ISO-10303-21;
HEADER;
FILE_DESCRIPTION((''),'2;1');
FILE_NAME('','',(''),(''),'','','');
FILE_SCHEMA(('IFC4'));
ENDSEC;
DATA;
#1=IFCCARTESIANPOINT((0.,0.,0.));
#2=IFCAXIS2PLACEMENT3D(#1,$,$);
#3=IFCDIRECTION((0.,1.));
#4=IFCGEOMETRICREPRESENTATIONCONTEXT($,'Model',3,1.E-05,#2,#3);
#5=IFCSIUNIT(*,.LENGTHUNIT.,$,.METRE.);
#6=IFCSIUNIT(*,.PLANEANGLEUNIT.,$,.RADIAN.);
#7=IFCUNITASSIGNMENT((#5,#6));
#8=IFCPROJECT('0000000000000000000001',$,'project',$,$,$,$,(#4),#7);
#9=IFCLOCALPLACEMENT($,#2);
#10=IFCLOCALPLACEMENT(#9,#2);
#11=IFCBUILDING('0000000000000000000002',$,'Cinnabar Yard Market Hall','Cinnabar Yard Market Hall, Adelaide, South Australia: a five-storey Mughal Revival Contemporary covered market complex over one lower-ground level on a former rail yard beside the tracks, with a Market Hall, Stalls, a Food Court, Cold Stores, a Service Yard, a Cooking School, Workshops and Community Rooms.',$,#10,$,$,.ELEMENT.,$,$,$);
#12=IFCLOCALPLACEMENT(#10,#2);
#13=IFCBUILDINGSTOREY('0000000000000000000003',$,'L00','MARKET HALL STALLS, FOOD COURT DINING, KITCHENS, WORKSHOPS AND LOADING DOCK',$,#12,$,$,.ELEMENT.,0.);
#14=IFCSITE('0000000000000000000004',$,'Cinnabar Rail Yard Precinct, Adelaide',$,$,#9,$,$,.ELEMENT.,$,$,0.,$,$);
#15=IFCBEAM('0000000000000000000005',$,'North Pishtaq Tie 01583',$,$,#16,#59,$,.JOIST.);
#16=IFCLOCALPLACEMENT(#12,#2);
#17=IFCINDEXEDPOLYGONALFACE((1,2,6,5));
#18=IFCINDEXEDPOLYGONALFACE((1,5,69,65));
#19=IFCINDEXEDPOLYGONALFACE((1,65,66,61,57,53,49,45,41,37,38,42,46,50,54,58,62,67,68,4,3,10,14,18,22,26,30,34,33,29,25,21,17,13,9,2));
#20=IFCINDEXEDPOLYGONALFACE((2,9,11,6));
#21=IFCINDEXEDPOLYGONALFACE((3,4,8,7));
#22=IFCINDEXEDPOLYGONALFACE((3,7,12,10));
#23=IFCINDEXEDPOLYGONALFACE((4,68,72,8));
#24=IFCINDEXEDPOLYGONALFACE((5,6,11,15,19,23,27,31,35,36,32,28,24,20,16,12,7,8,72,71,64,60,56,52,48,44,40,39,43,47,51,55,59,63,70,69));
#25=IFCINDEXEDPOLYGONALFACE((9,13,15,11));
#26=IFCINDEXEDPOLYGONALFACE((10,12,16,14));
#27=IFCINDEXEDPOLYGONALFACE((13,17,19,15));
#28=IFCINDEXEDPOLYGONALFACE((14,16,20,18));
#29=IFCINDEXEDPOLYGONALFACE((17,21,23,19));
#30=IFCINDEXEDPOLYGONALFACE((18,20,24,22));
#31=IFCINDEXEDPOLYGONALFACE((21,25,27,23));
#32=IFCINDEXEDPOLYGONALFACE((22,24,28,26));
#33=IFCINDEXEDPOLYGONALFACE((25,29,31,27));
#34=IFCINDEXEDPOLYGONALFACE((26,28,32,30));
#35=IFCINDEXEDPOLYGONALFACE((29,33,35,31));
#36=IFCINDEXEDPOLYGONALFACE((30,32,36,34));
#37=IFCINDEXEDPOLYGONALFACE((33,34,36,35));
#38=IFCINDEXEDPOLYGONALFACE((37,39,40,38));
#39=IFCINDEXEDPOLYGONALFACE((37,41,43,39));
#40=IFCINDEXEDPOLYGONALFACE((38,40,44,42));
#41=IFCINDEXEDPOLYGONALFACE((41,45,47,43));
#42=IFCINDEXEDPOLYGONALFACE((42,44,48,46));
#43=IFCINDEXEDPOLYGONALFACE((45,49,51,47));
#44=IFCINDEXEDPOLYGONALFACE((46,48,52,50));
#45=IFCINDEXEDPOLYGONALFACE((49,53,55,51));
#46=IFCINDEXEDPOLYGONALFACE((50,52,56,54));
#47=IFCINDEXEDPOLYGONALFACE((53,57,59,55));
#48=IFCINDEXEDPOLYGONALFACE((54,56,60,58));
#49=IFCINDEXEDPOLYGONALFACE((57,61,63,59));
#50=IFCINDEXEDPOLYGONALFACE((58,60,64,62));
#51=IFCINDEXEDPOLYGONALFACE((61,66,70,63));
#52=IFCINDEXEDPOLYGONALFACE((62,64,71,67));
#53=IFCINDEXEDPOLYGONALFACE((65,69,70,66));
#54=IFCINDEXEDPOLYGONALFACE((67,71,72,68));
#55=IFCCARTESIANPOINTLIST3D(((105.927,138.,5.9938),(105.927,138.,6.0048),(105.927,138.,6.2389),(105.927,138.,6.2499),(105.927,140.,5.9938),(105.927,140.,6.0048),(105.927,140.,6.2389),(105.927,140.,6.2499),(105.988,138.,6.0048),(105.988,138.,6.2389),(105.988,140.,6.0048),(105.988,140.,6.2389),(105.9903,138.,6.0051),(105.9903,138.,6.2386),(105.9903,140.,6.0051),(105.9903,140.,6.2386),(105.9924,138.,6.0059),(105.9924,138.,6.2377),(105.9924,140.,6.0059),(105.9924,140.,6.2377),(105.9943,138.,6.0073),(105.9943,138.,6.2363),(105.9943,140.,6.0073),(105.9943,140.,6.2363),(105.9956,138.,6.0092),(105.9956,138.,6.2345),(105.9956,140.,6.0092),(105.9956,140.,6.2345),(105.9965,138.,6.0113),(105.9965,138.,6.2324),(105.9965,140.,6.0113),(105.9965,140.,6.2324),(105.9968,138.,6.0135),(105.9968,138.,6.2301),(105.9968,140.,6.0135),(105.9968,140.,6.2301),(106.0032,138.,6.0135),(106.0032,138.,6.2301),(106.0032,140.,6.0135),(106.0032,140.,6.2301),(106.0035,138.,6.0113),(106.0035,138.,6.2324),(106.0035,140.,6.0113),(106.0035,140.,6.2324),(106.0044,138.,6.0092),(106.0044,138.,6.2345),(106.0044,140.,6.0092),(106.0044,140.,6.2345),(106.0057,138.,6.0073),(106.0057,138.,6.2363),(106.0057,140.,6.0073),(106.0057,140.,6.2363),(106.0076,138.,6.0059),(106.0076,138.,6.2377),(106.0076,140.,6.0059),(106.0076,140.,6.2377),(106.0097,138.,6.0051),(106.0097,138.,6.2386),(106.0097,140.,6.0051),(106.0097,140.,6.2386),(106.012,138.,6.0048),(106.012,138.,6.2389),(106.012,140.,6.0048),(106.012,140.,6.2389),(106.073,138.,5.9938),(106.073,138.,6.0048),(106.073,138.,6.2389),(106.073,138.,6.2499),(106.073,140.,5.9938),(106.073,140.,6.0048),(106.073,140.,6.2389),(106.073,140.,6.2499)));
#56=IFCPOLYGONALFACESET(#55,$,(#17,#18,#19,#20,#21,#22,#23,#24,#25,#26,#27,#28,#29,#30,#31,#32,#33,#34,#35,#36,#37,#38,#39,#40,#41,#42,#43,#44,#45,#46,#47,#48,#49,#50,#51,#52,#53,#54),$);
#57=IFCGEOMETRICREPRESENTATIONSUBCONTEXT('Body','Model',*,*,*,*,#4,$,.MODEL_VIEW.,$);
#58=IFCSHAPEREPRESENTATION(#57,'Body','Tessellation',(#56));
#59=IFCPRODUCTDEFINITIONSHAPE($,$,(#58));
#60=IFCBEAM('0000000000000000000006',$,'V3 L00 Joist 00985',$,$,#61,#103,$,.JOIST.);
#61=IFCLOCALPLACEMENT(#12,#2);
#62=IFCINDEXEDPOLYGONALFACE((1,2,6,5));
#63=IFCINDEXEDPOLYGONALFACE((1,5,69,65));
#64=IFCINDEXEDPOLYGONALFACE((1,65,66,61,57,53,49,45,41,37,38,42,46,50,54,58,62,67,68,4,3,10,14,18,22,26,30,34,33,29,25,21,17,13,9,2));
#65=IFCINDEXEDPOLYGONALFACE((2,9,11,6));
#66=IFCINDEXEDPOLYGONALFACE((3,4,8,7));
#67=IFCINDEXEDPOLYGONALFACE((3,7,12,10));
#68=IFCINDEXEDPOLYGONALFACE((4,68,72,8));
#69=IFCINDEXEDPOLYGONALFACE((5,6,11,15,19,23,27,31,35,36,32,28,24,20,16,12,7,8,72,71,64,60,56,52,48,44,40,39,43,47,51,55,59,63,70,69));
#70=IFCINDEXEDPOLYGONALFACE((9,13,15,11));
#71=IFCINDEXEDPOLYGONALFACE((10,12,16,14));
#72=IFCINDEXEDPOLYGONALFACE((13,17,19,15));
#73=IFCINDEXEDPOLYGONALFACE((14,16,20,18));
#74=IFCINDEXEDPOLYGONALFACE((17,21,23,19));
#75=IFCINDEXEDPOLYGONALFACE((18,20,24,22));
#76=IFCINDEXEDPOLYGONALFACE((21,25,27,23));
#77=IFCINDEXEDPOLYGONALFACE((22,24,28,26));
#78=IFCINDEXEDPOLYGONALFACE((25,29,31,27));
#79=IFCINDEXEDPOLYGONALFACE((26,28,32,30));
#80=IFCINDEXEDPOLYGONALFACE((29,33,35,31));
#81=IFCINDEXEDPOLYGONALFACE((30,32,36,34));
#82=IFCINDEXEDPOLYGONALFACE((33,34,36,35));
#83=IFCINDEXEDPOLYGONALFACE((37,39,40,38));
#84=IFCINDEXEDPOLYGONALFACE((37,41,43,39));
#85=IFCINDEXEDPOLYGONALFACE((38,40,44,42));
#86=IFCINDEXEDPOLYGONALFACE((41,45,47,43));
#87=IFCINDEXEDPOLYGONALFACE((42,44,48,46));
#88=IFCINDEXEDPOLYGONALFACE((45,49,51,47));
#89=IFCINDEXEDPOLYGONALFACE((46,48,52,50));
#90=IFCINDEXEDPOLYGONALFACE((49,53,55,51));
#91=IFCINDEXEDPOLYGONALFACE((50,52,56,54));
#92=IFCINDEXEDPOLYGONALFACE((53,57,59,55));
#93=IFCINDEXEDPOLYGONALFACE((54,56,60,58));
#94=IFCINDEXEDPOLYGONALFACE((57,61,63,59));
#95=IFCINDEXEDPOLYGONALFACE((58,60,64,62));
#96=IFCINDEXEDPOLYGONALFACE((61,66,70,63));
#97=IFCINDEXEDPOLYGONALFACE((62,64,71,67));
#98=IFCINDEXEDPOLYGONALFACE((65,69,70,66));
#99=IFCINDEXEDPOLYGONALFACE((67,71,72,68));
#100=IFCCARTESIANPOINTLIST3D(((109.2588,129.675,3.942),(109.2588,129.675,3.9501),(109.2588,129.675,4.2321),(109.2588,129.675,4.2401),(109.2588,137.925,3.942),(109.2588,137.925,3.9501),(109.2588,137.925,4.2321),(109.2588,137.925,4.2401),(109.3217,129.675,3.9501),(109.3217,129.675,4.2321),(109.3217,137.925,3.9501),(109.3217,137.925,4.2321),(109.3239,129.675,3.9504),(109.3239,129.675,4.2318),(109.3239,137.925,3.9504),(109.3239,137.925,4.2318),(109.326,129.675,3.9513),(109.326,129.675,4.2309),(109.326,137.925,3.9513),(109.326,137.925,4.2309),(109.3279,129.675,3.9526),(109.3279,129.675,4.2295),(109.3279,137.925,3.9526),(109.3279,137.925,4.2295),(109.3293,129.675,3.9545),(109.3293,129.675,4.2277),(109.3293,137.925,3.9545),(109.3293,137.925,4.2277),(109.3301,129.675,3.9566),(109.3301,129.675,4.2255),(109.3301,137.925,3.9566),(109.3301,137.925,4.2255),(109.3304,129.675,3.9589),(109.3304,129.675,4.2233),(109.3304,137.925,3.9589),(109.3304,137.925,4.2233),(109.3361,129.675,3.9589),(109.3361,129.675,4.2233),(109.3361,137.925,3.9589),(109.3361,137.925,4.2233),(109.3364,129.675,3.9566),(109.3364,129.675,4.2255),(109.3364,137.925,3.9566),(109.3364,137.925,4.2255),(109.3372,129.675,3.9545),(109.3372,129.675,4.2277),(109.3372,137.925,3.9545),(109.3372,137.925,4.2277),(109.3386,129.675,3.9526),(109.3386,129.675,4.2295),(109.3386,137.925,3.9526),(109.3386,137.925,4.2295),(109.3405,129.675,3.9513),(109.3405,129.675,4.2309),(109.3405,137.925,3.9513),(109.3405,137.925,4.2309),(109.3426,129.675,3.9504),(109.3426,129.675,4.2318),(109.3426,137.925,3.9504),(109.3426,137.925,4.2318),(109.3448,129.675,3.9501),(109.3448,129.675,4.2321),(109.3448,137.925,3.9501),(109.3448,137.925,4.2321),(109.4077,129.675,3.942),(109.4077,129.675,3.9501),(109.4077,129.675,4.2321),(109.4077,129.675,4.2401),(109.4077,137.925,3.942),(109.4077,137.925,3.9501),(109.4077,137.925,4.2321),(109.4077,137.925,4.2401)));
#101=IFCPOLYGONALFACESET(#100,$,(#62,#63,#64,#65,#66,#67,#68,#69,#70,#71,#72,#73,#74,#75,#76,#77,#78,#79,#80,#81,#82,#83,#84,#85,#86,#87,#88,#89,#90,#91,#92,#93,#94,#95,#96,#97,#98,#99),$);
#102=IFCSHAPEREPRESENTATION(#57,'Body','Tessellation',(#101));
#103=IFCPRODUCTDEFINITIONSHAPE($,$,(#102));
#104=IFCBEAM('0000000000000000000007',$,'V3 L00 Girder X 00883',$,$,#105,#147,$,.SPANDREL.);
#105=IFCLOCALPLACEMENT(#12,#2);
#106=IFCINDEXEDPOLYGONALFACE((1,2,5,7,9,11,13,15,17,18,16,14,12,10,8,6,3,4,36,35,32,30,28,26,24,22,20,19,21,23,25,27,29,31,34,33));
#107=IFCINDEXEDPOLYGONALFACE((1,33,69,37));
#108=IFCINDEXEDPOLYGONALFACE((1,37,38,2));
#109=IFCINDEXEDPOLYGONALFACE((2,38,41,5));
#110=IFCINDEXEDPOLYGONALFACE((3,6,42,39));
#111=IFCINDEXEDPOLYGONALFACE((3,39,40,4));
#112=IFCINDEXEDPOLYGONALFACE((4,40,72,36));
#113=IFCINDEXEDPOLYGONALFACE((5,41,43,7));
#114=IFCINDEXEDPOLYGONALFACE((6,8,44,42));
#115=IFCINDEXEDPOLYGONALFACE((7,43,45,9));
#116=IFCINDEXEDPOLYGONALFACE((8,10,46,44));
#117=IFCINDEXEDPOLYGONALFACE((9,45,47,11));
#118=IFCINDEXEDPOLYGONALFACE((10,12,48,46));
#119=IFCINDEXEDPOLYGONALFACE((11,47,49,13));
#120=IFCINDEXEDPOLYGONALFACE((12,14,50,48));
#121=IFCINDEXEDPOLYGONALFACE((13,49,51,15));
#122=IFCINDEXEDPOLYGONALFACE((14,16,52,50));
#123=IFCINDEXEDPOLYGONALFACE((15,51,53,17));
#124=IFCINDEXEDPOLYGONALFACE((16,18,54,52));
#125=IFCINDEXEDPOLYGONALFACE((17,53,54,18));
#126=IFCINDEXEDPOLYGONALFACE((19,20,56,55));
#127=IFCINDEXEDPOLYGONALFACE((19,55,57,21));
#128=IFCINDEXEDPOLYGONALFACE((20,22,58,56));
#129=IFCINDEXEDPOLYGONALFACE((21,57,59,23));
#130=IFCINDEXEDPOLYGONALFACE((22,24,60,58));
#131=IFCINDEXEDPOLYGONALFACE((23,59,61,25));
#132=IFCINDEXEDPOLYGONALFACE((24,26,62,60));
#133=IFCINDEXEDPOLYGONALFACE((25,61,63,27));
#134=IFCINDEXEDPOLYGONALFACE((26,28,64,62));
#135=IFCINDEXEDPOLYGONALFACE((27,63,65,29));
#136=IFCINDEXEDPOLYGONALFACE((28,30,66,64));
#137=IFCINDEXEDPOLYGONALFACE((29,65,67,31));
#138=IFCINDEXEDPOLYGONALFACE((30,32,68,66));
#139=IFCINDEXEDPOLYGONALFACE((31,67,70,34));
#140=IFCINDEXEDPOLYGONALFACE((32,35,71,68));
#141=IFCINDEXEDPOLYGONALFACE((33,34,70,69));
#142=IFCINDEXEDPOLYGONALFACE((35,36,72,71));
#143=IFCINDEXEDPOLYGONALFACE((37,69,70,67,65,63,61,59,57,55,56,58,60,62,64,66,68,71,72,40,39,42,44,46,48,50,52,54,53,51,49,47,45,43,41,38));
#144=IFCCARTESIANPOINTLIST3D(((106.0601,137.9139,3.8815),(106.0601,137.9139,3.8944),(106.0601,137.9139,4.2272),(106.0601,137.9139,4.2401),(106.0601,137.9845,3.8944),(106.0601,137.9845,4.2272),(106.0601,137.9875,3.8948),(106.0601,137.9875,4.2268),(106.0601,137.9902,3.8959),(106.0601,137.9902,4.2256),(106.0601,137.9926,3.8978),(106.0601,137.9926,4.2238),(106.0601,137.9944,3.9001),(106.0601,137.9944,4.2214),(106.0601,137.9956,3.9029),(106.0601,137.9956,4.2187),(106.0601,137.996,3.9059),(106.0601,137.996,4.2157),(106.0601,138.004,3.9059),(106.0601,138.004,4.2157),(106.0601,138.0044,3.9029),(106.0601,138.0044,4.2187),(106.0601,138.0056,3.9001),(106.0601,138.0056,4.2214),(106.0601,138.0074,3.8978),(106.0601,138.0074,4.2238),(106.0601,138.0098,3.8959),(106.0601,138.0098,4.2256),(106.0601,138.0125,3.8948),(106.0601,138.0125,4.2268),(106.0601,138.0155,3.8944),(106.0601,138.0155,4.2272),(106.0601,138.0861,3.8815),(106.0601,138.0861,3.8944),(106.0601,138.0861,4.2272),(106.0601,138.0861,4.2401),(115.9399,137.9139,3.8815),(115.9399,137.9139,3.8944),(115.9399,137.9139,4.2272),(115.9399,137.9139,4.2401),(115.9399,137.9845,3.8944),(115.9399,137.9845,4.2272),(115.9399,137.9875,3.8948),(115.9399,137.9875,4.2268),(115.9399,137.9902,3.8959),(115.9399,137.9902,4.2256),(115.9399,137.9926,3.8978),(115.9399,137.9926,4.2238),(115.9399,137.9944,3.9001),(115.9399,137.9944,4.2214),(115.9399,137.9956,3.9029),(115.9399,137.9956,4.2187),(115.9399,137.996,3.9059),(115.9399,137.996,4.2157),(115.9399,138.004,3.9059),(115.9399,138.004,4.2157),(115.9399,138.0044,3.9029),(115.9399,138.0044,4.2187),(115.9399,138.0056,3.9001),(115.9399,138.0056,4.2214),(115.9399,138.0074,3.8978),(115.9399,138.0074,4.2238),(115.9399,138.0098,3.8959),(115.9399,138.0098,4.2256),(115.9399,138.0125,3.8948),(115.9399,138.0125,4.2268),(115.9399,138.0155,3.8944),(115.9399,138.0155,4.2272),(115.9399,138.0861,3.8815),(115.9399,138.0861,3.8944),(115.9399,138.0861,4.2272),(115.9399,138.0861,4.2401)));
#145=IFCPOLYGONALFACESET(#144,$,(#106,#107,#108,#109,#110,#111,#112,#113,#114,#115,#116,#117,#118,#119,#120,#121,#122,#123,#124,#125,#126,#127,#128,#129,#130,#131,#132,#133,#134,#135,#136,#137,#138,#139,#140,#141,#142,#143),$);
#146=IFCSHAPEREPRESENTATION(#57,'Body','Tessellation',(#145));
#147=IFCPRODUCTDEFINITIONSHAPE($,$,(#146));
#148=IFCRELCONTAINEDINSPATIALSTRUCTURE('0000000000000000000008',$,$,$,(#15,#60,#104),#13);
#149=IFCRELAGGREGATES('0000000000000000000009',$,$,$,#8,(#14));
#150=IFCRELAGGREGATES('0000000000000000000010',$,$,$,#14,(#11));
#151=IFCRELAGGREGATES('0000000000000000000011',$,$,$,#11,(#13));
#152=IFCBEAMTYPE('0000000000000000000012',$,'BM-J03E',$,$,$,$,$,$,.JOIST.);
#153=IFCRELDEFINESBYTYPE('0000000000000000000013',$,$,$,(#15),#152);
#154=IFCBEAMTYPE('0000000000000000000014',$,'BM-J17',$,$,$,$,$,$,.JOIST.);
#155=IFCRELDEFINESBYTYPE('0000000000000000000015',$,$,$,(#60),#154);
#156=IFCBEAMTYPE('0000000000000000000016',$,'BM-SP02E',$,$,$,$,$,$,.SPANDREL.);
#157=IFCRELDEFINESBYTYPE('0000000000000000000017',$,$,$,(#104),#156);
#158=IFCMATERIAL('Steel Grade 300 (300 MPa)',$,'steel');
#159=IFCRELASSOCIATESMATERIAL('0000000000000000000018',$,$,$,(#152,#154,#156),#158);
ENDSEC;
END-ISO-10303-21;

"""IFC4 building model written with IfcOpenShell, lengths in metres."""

from ifc_helpers import new_model, si_unit, direction, frame, origin, origin_2d_with_axis, place, context, subcontext, project, spatial, i_section, extrude, material, material_profile, profile_set, type_object, element, save


model = new_model("IFC4")

# Units and contexts
model_context = context("Model", 3, precision=1e-05, world=origin(), true_north=direction((0.0, 1.0)))
body_context = subcontext(model_context, "Body", "Model", "MODEL_VIEW")
ifc_project = project(units=[si_unit("LENGTHUNIT", "METRE"), si_unit("PLANEANGLEUNIT", "RADIAN")], contexts=[model_context])

# Site, building, storey
site_placement = place(None, origin())
site = spatial("IfcSite", under=ifc_project, at=site_placement, Name="Cinnabar Rail Yard Precinct, Adelaide", CompositionType="ELEMENT", RefElevation=0.0)
building_placement = place(site_placement, origin())
building = spatial("IfcBuilding", under=site, at=building_placement, Name="Cinnabar Yard Market Hall", Description="Cinnabar Yard Market Hall, Adelaide, South Australia: a five-storey Mughal Revival Contemporary covered market complex over one lower-ground level on a former rail yard beside the tracks, with a Market Hall, Stalls, a Food Court, Cold Stores, a Service Yard, a Cooking School, Workshops and Community Rooms.", CompositionType="ELEMENT")
storey_placement = place(building_placement, origin())
storey = spatial("IfcBuildingStorey", under=building, at=storey_placement, Name="L00", Description="MARKET HALL STALLS, FOOD COURT DINING, KITCHENS, WORKSHOPS AND LOADING DOCK", CompositionType="ELEMENT", Elevation=0.0)

# Shared definitions
ifc_material_1 = material(Name="Steel Grade 300 (300 MPa)", Category="steel")

# Beams
ifc_material_profile_1 = material_profile(ifc_material_1, i_section(OverallWidth=0.146, OverallDepth=0.2561, WebThickness=0.0063, FlangeThickness=0.011, FilletRadius=0.0088, at=origin_2d_with_axis()), Name="250UB37.3")
ifc_profile_set_1 = profile_set([ifc_material_profile_1], Name="Steel Grade 300 (300 MPa)")
beam_type_1 = type_object("IfcBeamType", Name="BM-J03E", PredefinedType="JOIST", material=ifc_profile_set_1)
beam_1_placement = place(storey_placement, frame((106.0, 138.0, 6.1218), z_axis=(0.0, 1.0, 0.0), x_axis=(-1.0, 0.0, 0.0)))
element("IfcBeam", 1, at=beam_1_placement, inside=storey, type_object=beam_type_1, Name="North Pishtaq Tie 01583", PredefinedType="JOIST", context=body_context, shape_type="SweptSolid", body=[
    extrude(i_section(OverallWidth=0.146, OverallDepth=0.2561, WebThickness=0.0063, FlangeThickness=0.011, FilletRadius=0.0088, at=origin_2d_with_axis()), origin(), (0.0, 0.0, 1.0), 2.0),
])
ifc_material_profile_2 = material_profile(ifc_material_1, i_section(OverallWidth=0.1489, OverallDepth=0.2981, WebThickness=0.0056, FlangeThickness=0.0081, FilletRadius=0.0088, at=origin_2d_with_axis()), Name="310UB32.0")
ifc_profile_set_2 = profile_set([ifc_material_profile_2], Name="Steel Grade 300 (300 MPa)")
beam_type_2 = type_object("IfcBeamType", Name="BM-J17", PredefinedType="JOIST", material=ifc_profile_set_2)
beam_2_placement = place(storey_placement, frame((109.3333, 129.675, 4.0911), z_axis=(0.0, 1.0, 0.0), x_axis=(-1.0, 0.0, 0.0)))
element("IfcBeam", 2, at=beam_2_placement, inside=storey, type_object=beam_type_2, Name="V3 L00 Joist 00985", PredefinedType="JOIST", context=body_context, shape_type="SweptSolid", body=[
    extrude(i_section(OverallWidth=0.1489, OverallDepth=0.2981, WebThickness=0.0056, FlangeThickness=0.0081, FilletRadius=0.0088, at=origin_2d_with_axis()), origin(), (0.0, 0.0, 1.0), 8.25),
])
ifc_material_profile_3 = material_profile(ifc_material_1, i_section(OverallWidth=0.1721, OverallDepth=0.3586, WebThickness=0.0081, FlangeThickness=0.0129, FilletRadius=0.0115, at=origin_2d_with_axis()), Name="360UB56.7")
ifc_profile_set_3 = profile_set([ifc_material_profile_3], Name="Steel Grade 300 (300 MPa)")
beam_type_3 = type_object("IfcBeamType", Name="BM-SP02E", PredefinedType="SPANDREL", material=ifc_profile_set_3)
beam_3_placement = place(storey_placement, frame((106.0601, 138.0, 4.0608), z_axis=(1.0, 0.0, 0.0), x_axis=(0.0, 1.0, 0.0)))
element("IfcBeam", 3, at=beam_3_placement, inside=storey, type_object=beam_type_3, Name="V3 L00 Girder X 00883", PredefinedType="SPANDREL", context=body_context, shape_type="SweptSolid", body=[
    extrude(i_section(OverallWidth=0.1721, OverallDepth=0.3586, WebThickness=0.0081, FlangeThickness=0.0129, FilletRadius=0.0115, at=origin_2d_with_axis()), origin(), (0.0, 0.0, 1.0), 9.8799),
])

save(model, "model.ifc")
